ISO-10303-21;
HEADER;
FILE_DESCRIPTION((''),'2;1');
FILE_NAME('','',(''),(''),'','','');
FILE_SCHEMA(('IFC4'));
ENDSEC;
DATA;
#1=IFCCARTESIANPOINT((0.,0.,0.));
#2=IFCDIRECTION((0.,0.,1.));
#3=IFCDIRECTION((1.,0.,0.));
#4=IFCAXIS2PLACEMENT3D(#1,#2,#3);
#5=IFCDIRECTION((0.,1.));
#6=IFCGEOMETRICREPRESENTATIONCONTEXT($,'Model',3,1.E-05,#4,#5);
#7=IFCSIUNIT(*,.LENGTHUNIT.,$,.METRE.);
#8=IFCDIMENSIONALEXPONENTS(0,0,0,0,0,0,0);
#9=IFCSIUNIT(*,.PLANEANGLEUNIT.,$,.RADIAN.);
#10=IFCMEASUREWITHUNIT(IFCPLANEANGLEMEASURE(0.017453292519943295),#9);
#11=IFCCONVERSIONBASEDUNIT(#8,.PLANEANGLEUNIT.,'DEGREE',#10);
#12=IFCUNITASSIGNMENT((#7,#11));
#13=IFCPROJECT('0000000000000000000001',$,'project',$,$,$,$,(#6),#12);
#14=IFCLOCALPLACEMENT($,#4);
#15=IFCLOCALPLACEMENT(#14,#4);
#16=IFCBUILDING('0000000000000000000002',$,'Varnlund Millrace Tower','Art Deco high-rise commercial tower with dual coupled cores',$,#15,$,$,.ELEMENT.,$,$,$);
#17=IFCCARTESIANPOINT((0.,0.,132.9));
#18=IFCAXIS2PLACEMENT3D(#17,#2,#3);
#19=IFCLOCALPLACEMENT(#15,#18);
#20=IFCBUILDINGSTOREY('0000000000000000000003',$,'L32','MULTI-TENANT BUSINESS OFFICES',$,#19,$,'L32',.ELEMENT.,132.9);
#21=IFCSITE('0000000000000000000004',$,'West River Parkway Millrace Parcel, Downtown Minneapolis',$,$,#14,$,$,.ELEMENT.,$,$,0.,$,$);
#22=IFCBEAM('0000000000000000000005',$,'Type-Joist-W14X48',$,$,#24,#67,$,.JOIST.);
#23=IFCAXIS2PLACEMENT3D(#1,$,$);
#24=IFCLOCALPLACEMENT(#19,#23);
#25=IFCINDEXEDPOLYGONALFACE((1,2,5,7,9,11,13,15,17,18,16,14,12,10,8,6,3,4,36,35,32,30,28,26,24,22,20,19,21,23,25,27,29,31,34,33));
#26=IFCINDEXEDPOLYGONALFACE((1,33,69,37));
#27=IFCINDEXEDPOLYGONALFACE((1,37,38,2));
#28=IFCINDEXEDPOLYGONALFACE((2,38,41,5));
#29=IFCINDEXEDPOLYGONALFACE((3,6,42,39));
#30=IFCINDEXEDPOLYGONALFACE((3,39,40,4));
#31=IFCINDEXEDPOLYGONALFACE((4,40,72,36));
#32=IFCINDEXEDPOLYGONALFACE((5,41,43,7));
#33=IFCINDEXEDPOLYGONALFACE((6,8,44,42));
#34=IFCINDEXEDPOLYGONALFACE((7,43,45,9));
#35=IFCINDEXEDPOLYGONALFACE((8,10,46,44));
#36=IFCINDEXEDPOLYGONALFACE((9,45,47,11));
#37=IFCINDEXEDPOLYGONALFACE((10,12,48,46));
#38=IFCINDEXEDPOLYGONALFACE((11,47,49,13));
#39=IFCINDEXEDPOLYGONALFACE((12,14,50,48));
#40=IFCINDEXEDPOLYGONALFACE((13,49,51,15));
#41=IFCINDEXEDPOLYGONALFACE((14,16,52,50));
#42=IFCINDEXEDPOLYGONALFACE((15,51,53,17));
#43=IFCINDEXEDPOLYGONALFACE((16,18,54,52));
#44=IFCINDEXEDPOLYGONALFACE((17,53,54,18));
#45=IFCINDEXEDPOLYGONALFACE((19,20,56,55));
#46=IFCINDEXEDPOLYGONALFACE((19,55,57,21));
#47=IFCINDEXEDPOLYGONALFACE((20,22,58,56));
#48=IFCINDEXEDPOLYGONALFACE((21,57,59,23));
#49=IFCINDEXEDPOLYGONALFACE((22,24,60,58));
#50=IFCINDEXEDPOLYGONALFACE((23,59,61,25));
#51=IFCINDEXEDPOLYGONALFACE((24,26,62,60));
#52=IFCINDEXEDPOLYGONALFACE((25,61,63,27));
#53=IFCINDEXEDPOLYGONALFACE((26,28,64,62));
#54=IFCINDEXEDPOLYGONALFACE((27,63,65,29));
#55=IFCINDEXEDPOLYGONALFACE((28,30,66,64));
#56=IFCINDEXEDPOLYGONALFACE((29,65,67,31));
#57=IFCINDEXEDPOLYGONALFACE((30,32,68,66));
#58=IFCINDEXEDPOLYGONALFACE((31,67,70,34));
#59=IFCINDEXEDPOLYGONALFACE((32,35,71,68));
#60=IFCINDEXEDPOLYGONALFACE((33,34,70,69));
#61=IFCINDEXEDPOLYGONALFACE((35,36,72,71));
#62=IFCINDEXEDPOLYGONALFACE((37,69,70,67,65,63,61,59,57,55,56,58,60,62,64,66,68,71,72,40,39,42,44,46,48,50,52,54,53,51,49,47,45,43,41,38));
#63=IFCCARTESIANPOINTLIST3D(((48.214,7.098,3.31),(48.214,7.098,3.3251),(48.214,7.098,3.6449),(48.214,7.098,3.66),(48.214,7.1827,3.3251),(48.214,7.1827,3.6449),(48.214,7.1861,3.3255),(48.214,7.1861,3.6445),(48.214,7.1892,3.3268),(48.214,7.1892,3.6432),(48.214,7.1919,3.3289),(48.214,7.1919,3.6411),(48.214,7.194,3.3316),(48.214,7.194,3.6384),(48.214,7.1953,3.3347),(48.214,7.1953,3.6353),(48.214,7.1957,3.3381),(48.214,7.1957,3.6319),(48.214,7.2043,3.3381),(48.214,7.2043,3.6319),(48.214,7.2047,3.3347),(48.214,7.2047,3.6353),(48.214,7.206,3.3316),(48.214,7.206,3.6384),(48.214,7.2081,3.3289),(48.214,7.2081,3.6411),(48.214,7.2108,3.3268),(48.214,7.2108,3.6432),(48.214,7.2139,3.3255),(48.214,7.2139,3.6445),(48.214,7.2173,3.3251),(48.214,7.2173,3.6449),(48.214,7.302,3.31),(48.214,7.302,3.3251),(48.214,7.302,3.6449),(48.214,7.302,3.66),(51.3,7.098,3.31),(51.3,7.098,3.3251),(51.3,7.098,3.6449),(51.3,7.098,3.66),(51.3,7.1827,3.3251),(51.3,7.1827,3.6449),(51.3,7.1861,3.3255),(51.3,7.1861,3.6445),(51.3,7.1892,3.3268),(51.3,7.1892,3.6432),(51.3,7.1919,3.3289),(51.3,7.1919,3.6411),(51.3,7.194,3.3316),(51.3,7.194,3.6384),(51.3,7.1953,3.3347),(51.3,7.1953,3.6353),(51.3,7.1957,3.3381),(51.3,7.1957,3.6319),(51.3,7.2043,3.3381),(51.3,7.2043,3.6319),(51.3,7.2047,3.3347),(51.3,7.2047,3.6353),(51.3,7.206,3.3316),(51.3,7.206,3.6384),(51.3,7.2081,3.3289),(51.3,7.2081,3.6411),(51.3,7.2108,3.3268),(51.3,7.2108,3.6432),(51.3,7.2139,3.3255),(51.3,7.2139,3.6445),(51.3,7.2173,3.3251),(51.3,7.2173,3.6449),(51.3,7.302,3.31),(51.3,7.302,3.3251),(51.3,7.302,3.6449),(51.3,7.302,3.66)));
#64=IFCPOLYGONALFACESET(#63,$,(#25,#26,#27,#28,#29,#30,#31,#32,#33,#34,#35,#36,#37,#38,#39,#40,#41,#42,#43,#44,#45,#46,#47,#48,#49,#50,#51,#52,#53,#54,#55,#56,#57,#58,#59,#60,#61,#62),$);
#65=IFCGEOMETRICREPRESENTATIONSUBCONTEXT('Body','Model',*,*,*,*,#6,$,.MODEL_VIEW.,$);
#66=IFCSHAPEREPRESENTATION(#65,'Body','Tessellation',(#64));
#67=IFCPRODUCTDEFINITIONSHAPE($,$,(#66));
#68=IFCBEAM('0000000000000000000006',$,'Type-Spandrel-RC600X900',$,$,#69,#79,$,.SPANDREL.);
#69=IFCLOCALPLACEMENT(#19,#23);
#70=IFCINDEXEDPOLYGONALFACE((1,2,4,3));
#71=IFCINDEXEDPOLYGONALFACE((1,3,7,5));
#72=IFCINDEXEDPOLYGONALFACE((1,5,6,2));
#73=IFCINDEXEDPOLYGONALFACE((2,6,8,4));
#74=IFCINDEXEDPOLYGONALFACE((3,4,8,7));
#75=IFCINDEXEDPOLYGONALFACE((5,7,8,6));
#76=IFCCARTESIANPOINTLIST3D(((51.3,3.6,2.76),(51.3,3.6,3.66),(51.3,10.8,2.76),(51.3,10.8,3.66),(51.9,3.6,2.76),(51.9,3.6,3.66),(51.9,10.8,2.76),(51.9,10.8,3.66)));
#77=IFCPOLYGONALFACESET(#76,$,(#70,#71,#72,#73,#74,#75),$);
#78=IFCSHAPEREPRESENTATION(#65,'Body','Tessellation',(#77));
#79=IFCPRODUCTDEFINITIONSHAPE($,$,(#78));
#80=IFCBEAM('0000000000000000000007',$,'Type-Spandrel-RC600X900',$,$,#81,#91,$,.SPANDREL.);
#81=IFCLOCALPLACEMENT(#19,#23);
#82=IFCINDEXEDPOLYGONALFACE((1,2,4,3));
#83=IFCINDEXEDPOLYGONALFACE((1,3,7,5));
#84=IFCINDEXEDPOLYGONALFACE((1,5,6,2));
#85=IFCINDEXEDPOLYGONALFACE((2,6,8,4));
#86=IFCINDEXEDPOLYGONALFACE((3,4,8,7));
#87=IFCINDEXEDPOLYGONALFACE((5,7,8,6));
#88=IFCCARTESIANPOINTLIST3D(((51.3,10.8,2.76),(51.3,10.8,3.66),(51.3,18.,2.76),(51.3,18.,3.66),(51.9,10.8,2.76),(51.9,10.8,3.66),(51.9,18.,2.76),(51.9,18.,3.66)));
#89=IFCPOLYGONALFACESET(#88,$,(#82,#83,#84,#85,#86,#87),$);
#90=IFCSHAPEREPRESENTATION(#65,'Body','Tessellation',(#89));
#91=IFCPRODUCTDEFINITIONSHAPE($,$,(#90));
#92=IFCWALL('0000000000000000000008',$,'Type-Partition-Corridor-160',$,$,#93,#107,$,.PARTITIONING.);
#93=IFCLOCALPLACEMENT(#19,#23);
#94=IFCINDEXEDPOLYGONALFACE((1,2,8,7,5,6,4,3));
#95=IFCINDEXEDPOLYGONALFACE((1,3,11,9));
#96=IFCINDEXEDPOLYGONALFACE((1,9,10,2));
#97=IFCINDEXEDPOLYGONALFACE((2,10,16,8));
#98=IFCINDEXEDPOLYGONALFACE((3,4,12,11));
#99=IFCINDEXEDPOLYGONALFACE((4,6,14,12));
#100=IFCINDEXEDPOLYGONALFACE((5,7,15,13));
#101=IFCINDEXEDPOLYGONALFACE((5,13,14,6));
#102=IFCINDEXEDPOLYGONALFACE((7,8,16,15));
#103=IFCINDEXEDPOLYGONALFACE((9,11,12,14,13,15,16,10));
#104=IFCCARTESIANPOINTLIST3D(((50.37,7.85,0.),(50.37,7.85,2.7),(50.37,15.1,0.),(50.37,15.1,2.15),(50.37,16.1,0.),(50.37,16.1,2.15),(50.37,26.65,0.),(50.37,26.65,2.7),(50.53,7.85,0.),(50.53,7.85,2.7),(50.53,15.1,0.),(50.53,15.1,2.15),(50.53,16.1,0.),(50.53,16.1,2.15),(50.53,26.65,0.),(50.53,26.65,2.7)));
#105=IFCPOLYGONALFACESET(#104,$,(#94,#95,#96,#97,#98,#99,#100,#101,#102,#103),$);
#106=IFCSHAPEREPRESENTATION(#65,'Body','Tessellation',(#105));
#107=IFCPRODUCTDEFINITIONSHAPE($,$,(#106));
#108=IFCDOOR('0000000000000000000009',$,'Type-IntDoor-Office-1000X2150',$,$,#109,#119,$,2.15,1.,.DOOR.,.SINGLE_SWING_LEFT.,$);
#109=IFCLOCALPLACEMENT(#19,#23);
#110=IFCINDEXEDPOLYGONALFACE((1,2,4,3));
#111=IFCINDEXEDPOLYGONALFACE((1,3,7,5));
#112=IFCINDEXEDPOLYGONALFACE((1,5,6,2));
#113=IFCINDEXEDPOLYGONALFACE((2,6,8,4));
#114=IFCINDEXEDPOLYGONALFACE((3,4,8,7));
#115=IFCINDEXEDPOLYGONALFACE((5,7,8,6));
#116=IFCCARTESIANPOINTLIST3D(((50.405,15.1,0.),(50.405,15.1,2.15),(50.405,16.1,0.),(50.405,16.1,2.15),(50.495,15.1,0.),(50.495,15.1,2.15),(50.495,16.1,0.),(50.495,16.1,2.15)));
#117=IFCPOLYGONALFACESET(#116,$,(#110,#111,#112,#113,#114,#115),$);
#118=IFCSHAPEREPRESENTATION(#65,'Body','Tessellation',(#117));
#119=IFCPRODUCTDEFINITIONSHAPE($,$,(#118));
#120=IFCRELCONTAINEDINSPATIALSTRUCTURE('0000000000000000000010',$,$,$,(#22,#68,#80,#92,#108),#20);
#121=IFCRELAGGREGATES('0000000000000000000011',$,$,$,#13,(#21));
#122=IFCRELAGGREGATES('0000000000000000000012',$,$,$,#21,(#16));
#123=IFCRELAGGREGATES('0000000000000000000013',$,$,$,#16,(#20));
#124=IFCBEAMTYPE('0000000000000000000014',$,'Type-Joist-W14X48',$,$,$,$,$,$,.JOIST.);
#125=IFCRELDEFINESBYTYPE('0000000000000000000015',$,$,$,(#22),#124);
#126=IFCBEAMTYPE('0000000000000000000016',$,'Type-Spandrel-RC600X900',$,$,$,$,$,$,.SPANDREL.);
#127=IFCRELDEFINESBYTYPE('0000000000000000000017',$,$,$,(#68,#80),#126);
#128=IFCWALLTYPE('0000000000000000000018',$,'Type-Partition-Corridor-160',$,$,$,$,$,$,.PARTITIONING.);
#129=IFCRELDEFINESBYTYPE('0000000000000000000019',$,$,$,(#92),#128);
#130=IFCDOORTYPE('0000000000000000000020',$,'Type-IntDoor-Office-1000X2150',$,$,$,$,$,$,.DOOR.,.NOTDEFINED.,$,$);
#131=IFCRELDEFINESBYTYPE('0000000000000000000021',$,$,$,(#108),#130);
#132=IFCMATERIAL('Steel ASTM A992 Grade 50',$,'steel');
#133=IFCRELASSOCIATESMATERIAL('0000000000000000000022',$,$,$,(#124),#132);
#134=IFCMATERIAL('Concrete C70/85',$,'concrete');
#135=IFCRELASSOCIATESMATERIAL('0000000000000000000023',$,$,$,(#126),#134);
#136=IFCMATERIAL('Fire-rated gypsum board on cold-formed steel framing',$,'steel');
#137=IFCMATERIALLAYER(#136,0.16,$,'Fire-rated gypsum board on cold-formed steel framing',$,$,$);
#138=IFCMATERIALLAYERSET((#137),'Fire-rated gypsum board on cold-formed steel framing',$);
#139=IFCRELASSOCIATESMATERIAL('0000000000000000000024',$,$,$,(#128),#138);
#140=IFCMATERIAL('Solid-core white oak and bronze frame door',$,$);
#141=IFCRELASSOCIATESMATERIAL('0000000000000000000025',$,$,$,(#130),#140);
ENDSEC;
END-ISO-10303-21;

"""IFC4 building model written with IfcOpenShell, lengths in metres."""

from ifc_helpers import new_model, entity, si_unit, converted_unit, direction, frame, origin_with_axes, origin_2d_with_axis, place, context, subcontext, project, spatial, polyline, rectangle, i_section, outline, extrude, material, layer, layer_set, material_profile, profile_set, type_object, element, fill, save


model = new_model("IFC4")

# Units and contexts
model_context = context("Model", 3, precision=1e-05, world=origin_with_axes(), true_north=direction((0.0, 1.0)))
body_context = subcontext(model_context, "Body", "Model", "MODEL_VIEW")
ifc_project = project(units=[si_unit("LENGTHUNIT", "METRE"), converted_unit("PLANEANGLEUNIT", "DEGREE", entity("IfcPlaneAngleMeasure", 0.017453292519943295), si_unit("PLANEANGLEUNIT", "RADIAN"), dimensions=[0, 0, 0, 0, 0, 0, 0])], contexts=[model_context])

# Site, building, storey
site_placement = place(None, origin_with_axes())
site = spatial("IfcSite", under=ifc_project, at=site_placement, Name="West River Parkway Millrace Parcel, Downtown Minneapolis", CompositionType="ELEMENT", RefElevation=0.0)
building_placement = place(site_placement, origin_with_axes())
building = spatial("IfcBuilding", under=site, at=building_placement, Name="Varnlund Millrace Tower", Description="Art Deco high-rise commercial tower with dual coupled cores", CompositionType="ELEMENT")
storey_placement = place(building_placement, frame((0.0, 0.0, 132.9), z_axis=(0.0, 0.0, 1.0), x_axis=(1.0, 0.0, 0.0)))
storey = spatial("IfcBuildingStorey", under=building, at=storey_placement, Name="L32", Description="MULTI-TENANT BUSINESS OFFICES", LongName="L32", CompositionType="ELEMENT", Elevation=132.9)

# Beams
ifc_material_1 = material(Name="Steel ASTM A992 Grade 50", Category="steel")
ifc_material_profile_1 = material_profile(ifc_material_1, i_section(OverallWidth=0.204, OverallDepth=0.35, WebThickness=0.0086, FlangeThickness=0.0151, FilletRadius=0.013, at=origin_2d_with_axis()), Name="Steel ASTM A992 Grade 50")
ifc_profile_set_1 = profile_set([ifc_material_profile_1], Name="Steel ASTM A992 Grade 50")
beam_type_1 = type_object("IfcBeamType", Name="Type-Joist-W14X48", PredefinedType="JOIST", material=ifc_profile_set_1)
beam_1_placement = place(storey_placement, frame((48.214, 7.2, 3.485), z_axis=(1.0, 0.0, 0.0), x_axis=(0.0, 1.0, 0.0)))
element("IfcBeam", 1, at=beam_1_placement, inside=storey, type_object=beam_type_1, Name="Type-Joist-W14X48", PredefinedType="JOIST", context=body_context, shape_type="SweptSolid", body=[
    extrude(i_section(OverallWidth=0.204, OverallDepth=0.35, WebThickness=0.0086, FlangeThickness=0.0151, FilletRadius=0.013, at=origin_2d_with_axis()), origin_with_axes(), (0.0, 0.0, 1.0), 3.086),
])
ifc_material_2 = material(Name="Concrete C70/85", Category="concrete")
ifc_material_profile_2 = material_profile(ifc_material_2, rectangle(XDim=0.6, YDim=0.9, at=origin_2d_with_axis()), Name="Concrete C70/85")
ifc_profile_set_2 = profile_set([ifc_material_profile_2], Name="Concrete C70/85")
beam_type_2 = type_object("IfcBeamType", Name="Type-Spandrel-RC600X900", PredefinedType="SPANDREL", material=ifc_profile_set_2)
for number, where, z_axis, x_axis, name in (
    (2, (51.6, 3.6, 3.21), (0.0, 1.0, 0.0), (-1.0, 0.0, 0.0), "Type-Spandrel-RC600X900"),
    (3, (51.6, 10.8, 3.21), (0.0, 1.0, 0.0), (-1.0, 0.0, 0.0), "Type-Spandrel-RC600X900"),
):
    element("IfcBeam", number, at=place(storey_placement, frame(where, z_axis=z_axis, x_axis=x_axis)), inside=storey, type_object=beam_type_2, Name=name, PredefinedType="SPANDREL", context=body_context, shape_type="SweptSolid", body=[
        extrude(rectangle(XDim=0.6, YDim=0.9, at=origin_2d_with_axis()), origin_with_axes(), (0.0, 0.0, 1.0), 7.2),
    ])

# Wall, opening, door
ifc_material_3 = material(Name="Fire-rated gypsum board on cold-formed steel framing", Category="steel")
ifc_layer = layer(ifc_material_3, 0.16, Name="Fire-rated gypsum board on cold-formed steel framing")
ifc_layer_set = layer_set([ifc_layer], Name="Fire-rated gypsum board on cold-formed steel framing")
wall_type = type_object("IfcWallType", Name="Type-Partition-Corridor-160", PredefinedType="PARTITIONING", material=ifc_layer_set)
wall_placement = place(storey_placement, frame((50.45, 7.85, 0.0), z_axis=(0.0, 0.0, 1.0), x_axis=(0.0, 1.0, 0.0)))
wall = element("IfcWall", 4, at=wall_placement, inside=storey, type_object=wall_type, Name="Type-Partition-Corridor-160", PredefinedType="PARTITIONING", context=body_context, shape_type="SweptSolid", body=[
    extrude(outline(polyline([(0.0, -0.08), (18.8, -0.08), (18.8, 0.08), (0.0, 0.08), (0.0, -0.08)])), origin_with_axes(), (0.0, 0.0, 1.0), 2.7),
])
opening_placement = place(wall_placement, frame((7.75, 0.0, 0.0), z_axis=(0.0, 0.0, 1.0), x_axis=(1.0, 0.0, 0.0)))
opening = element("IfcOpeningElement", 5, at=opening_placement, cuts=wall, PredefinedType="OPENING", context=body_context, shape_type="SweptSolid", body=[
    extrude(rectangle(XDim=1.0, YDim=0.18, at=origin_2d_with_axis()), origin_with_axes(), (0.0, 0.0, 1.0), 2.15),
])
ifc_material_4 = material(Name="Solid-core white oak and bronze frame door")
door_type = type_object("IfcDoorType", Name="Type-IntDoor-Office-1000X2150", OperationType="NOTDEFINED", PredefinedType="DOOR", material=ifc_material_4)
door_placement = place(wall_placement, frame((7.75, 0.0, 0.0), z_axis=(0.0, 0.0, 1.0), x_axis=(1.0, 0.0, 0.0)))
door = element("IfcDoor", 6, at=door_placement, inside=storey, type_object=door_type, Name="Type-IntDoor-Office-1000X2150", OperationType="SINGLE_SWING_LEFT", OverallHeight=2.15, OverallWidth=1.0, PredefinedType="DOOR", context=body_context, shape_type="SweptSolid", body=[
    extrude(rectangle(XDim=1.0, YDim=0.09, at=origin_2d_with_axis()), origin_with_axes(), (0.0, 0.0, 1.0), 2.15),
])
fill(opening, door)

save(model, "model.ifc")
